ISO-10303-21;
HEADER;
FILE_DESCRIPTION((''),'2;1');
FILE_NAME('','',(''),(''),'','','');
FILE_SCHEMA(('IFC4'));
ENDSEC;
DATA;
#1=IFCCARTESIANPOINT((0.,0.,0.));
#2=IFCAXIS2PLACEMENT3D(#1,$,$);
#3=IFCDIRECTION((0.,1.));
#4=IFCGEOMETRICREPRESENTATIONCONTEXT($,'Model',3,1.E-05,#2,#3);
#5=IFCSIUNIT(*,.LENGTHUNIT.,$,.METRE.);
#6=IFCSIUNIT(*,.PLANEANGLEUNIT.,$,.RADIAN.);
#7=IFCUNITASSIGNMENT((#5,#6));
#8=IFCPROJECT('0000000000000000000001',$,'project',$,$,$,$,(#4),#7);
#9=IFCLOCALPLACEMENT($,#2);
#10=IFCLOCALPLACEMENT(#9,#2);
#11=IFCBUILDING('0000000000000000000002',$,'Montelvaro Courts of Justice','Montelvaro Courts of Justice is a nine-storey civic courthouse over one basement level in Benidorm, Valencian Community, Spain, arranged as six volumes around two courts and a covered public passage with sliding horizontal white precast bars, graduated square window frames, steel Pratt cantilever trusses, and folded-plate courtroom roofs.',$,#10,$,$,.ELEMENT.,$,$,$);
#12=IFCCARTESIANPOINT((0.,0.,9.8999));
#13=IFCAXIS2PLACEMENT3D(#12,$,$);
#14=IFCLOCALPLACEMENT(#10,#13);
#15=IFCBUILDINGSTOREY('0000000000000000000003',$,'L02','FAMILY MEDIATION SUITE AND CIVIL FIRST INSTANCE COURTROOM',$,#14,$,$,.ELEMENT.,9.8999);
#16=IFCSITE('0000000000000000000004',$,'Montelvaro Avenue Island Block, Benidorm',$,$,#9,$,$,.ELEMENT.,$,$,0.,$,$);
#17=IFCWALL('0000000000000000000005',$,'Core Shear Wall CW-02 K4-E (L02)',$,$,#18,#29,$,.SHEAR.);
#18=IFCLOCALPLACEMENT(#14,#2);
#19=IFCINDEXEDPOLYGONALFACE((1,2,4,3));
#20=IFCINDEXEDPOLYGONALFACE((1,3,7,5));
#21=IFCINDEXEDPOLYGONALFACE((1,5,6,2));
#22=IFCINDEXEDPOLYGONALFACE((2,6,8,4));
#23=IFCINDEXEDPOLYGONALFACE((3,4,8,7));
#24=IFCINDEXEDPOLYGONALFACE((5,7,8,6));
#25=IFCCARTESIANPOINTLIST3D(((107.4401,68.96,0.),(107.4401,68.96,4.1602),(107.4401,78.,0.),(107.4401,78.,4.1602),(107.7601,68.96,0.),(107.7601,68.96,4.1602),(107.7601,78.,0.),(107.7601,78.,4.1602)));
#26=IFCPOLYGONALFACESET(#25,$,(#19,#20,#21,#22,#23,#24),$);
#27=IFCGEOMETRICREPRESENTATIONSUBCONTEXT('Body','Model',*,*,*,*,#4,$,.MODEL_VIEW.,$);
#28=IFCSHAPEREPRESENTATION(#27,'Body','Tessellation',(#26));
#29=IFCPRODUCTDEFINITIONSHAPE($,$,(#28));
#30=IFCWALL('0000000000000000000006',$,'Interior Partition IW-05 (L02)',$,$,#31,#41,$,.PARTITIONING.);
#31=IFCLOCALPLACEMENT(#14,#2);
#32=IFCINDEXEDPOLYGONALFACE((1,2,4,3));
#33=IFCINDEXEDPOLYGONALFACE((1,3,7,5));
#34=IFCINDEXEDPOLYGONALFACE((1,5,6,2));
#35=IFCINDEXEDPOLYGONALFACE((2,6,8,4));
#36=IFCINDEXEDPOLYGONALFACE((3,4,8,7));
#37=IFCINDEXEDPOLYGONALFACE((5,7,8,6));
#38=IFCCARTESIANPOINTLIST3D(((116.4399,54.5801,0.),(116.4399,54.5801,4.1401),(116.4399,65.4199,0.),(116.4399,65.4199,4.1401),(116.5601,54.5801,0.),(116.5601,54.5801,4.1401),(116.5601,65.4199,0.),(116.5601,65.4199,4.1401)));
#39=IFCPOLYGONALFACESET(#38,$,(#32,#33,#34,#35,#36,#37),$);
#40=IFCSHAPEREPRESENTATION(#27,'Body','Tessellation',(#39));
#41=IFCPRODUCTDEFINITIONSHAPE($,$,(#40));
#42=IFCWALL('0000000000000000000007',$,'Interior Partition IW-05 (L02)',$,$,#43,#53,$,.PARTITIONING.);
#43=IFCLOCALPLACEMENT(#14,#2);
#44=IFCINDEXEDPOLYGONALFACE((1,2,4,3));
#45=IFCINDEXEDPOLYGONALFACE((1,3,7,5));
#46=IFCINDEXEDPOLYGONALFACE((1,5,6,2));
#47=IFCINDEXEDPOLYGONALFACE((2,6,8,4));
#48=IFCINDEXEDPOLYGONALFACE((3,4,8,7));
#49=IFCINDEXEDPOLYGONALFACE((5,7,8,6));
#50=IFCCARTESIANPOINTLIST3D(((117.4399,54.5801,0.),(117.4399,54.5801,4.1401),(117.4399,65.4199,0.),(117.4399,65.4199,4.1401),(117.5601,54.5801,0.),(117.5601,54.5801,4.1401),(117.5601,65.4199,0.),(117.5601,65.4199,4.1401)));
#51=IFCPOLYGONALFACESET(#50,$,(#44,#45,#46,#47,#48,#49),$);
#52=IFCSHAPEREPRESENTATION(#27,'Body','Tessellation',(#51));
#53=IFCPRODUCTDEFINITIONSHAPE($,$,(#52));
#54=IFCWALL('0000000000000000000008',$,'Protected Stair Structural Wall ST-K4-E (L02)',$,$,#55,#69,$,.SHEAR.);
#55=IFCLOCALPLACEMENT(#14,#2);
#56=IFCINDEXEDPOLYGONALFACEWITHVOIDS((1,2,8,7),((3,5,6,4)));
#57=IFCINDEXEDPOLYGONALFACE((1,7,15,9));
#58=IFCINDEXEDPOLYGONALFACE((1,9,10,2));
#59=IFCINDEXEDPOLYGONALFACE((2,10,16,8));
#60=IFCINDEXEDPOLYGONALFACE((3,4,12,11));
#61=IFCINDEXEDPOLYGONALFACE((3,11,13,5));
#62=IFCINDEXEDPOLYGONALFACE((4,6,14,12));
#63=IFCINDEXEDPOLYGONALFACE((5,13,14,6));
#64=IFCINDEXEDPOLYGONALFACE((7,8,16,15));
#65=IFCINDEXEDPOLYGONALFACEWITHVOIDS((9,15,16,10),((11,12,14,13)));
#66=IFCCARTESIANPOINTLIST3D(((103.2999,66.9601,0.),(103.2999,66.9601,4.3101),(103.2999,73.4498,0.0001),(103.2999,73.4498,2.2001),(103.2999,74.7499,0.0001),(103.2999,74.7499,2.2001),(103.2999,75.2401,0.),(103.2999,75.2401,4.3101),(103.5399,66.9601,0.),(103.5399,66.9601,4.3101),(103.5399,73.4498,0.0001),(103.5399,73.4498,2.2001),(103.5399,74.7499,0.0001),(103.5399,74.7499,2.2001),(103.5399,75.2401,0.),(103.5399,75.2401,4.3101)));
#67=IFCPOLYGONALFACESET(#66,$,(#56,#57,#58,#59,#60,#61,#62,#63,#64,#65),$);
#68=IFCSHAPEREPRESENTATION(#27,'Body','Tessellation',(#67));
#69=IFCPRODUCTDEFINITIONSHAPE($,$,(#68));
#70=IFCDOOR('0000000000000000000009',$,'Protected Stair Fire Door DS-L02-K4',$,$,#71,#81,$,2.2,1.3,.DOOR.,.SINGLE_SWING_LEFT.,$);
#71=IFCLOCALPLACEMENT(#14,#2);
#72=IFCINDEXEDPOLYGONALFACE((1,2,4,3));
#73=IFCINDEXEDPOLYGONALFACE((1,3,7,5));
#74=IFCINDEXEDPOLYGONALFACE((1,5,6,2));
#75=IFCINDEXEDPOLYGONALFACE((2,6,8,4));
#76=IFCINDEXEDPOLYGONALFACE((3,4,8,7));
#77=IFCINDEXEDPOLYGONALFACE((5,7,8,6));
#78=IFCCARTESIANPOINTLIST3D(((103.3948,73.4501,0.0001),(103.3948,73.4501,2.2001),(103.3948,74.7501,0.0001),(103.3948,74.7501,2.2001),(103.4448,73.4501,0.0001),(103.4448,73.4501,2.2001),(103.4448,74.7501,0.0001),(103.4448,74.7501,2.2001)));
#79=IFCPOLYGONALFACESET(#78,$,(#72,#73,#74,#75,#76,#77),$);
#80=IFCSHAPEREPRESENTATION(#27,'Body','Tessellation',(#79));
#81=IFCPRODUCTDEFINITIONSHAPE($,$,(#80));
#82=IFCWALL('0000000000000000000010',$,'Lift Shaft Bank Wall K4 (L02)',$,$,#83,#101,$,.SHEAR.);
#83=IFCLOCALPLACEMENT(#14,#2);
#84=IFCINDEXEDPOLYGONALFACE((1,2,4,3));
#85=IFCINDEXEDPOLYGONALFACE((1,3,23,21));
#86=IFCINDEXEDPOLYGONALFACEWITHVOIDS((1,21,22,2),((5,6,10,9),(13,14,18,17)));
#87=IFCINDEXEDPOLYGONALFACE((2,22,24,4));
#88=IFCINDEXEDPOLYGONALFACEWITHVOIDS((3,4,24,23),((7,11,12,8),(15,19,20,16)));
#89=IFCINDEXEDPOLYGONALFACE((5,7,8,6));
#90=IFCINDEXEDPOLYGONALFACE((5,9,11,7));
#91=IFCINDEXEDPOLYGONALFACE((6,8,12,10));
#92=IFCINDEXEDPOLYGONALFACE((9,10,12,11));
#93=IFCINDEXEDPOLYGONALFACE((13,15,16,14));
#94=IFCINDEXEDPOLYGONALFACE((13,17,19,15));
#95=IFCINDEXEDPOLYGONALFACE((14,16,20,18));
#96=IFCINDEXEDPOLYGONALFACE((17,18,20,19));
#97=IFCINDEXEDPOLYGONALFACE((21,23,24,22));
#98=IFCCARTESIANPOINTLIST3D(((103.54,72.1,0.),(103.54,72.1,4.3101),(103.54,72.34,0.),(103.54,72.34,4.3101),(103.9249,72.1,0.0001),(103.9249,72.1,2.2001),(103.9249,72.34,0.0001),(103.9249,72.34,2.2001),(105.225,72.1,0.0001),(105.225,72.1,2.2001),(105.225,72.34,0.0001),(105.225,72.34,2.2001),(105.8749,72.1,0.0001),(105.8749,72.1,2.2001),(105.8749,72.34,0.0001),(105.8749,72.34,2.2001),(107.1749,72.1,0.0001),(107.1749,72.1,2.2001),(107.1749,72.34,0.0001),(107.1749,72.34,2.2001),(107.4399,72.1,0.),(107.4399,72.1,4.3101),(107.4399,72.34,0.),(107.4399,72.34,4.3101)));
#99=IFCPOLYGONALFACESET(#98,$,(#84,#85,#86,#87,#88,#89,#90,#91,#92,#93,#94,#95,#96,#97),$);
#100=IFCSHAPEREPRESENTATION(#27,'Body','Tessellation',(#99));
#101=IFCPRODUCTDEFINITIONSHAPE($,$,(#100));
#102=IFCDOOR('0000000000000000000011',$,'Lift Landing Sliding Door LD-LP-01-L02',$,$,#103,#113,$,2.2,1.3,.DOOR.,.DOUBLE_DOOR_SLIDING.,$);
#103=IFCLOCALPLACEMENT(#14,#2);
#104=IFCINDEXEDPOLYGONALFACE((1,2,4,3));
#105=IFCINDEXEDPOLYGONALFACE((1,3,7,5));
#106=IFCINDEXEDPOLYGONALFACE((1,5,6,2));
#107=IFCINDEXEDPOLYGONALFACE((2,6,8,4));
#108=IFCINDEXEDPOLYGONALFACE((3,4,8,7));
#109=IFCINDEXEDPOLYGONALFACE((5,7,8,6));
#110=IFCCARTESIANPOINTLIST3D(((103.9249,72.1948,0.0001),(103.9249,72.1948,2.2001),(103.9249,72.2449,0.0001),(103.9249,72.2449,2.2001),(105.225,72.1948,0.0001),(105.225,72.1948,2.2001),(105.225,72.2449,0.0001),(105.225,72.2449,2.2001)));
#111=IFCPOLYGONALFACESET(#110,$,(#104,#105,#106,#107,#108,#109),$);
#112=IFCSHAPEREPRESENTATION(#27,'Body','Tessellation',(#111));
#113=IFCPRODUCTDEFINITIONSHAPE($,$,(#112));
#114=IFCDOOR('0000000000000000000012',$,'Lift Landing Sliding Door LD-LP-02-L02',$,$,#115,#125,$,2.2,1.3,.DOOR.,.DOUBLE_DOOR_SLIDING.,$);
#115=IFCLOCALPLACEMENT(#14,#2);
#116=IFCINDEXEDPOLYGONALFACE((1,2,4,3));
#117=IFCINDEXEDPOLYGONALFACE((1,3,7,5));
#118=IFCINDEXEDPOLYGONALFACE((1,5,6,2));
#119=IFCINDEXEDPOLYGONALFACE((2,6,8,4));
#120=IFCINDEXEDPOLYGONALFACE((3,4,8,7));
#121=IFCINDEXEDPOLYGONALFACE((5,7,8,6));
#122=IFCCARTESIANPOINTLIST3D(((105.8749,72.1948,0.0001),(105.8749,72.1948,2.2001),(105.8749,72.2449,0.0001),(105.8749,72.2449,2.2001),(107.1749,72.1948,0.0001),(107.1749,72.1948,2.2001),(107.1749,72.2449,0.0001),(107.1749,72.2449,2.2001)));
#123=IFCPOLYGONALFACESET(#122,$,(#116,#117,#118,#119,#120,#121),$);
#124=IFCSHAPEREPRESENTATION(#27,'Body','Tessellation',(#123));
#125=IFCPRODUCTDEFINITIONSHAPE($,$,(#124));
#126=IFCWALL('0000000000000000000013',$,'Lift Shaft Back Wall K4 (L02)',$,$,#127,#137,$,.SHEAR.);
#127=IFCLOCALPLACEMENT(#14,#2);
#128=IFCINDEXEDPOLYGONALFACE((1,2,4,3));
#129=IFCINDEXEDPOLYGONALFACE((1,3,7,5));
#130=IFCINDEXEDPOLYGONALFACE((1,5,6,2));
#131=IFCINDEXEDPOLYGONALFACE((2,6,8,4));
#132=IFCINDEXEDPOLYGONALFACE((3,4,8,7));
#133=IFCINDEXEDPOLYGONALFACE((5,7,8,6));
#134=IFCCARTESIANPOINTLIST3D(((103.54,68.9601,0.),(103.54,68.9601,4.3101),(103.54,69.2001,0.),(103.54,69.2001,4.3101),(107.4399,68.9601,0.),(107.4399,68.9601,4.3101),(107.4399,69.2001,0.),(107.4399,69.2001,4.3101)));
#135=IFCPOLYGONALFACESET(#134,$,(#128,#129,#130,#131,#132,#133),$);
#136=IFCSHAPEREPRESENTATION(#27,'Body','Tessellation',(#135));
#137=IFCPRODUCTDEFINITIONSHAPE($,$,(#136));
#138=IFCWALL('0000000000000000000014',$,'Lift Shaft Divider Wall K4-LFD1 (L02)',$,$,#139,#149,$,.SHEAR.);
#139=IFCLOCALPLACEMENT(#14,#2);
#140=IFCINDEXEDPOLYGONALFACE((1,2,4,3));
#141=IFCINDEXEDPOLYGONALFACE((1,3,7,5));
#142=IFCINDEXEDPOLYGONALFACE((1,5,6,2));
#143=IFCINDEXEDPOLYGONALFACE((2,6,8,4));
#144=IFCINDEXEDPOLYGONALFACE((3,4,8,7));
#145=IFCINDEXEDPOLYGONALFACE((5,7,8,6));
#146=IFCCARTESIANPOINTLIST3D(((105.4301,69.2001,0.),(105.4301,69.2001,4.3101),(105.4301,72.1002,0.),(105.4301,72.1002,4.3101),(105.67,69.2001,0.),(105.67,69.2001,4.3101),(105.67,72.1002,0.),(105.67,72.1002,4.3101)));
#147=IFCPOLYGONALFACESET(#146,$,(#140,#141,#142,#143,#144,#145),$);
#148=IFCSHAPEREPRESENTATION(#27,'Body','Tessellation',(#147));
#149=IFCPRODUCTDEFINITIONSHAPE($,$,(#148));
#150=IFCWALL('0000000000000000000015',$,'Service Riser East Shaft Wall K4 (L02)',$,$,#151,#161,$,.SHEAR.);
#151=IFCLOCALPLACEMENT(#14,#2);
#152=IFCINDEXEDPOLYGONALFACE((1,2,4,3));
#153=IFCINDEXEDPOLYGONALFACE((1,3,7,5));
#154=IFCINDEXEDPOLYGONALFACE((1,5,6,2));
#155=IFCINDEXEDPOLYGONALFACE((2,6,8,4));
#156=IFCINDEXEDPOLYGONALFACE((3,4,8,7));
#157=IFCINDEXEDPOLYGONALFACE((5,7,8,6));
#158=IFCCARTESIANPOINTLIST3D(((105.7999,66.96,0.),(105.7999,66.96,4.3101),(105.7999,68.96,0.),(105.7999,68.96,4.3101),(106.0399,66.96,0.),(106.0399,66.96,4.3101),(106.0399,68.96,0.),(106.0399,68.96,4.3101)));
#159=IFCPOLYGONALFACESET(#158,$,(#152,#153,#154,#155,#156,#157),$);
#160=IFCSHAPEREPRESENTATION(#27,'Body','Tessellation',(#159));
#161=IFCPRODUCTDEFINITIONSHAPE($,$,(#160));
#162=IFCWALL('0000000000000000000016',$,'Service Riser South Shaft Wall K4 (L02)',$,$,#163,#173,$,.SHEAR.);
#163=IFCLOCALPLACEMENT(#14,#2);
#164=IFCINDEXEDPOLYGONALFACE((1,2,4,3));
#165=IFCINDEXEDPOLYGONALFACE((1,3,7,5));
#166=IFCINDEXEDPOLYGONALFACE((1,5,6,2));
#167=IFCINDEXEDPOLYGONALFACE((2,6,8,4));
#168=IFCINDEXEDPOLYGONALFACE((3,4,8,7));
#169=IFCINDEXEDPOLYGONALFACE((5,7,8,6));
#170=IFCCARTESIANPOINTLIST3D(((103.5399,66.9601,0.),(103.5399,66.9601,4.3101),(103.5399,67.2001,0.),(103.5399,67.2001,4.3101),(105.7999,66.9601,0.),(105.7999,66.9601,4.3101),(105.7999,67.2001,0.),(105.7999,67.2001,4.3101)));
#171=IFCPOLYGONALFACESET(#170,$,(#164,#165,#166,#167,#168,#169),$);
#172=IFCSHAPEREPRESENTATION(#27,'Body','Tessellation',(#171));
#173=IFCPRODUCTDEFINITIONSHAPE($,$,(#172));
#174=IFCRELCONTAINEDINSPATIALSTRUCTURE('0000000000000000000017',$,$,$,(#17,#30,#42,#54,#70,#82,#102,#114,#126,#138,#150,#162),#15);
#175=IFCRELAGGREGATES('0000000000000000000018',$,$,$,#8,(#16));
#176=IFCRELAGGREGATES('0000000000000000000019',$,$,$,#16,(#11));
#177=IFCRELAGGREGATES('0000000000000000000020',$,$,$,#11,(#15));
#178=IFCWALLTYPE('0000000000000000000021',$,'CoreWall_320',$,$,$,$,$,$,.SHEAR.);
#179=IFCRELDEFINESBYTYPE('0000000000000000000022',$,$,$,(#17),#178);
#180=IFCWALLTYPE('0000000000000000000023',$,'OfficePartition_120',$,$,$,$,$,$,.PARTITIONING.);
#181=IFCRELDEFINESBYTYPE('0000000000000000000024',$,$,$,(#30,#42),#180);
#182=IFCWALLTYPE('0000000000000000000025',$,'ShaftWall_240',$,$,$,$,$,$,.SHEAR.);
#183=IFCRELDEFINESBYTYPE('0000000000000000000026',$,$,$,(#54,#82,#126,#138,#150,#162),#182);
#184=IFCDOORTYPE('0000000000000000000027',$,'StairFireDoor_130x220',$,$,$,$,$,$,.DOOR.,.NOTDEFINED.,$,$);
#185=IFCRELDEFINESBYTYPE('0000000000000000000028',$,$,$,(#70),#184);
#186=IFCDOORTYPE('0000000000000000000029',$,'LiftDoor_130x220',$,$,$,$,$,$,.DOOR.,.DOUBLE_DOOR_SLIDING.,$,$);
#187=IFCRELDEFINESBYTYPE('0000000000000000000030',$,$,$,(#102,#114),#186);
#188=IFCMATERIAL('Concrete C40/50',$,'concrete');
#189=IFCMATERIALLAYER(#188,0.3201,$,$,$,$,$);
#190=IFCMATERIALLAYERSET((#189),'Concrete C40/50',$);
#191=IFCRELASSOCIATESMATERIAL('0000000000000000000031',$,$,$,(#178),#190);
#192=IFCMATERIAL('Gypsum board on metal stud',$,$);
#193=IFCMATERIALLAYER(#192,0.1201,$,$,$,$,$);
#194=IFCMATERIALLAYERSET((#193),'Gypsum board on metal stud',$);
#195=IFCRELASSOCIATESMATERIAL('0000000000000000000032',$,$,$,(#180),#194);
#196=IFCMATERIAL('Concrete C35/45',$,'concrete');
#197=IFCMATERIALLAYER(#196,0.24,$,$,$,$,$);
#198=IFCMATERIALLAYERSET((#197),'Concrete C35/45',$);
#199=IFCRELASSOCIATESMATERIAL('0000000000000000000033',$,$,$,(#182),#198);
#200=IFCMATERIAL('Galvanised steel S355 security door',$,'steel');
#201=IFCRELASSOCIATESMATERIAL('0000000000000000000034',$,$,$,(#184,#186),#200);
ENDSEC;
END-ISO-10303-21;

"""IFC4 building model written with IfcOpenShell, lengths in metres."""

from ifc_helpers import new_model, si_unit, direction, frame, frame_2d, origin, place, context, subcontext, project, spatial, rectangle, extrude, material, layer, layer_set, type_object, element, fill, save


model = new_model("IFC4")

# Units and contexts
model_context = context("Model", 3, precision=1e-05, world=origin(), true_north=direction((0.0, 1.0)))
body_context = subcontext(model_context, "Body", "Model", "MODEL_VIEW")
ifc_project = project(units=[si_unit("LENGTHUNIT", "METRE"), si_unit("PLANEANGLEUNIT", "RADIAN")], contexts=[model_context])

# Site, building, storey
site_placement = place(None, origin())
site = spatial("IfcSite", under=ifc_project, at=site_placement, Name="Montelvaro Avenue Island Block, Benidorm", CompositionType="ELEMENT", RefElevation=0.0)
building_placement = place(site_placement, origin())
building = spatial("IfcBuilding", under=site, at=building_placement, Name="Montelvaro Courts of Justice", Description="Montelvaro Courts of Justice is a nine-storey civic courthouse over one basement level in Benidorm, Valencian Community, Spain, arranged as six volumes around two courts and a covered public passage with sliding horizontal white precast bars, graduated square window frames, steel Pratt cantilever trusses, and folded-plate courtroom roofs.", CompositionType="ELEMENT")
storey_placement = place(building_placement, frame((0.0, 0.0, 9.8999)))
storey = spatial("IfcBuildingStorey", under=building, at=storey_placement, Name="L02", Description="FAMILY MEDIATION SUITE AND CIVIL FIRST INSTANCE COURTROOM", CompositionType="ELEMENT", Elevation=9.8999)

# Walls
ifc_material_1 = material(Name="Gypsum board on metal stud")
ifc_material_2 = material(Name="Concrete C40/50", Category="concrete")
ifc_layer_1 = layer(ifc_material_2, 0.3201)
ifc_layer_set_1 = layer_set([ifc_layer_1], Name="Concrete C40/50")
wall_type_1 = type_object("IfcWallType", Name="CoreWall_320", PredefinedType="SHEAR", material=ifc_layer_set_1)
wall_1_placement = place(storey_placement, frame((107.6001, 68.96, 0.0), z_axis=(0.0, 0.0, 1.0), x_axis=(0.0, 1.0, 0.0)))
element("IfcWall", 1, at=wall_1_placement, inside=storey, type_object=wall_type_1, Name="Core Shear Wall CW-02 K4-E (L02)", PredefinedType="SHEAR", context=body_context, shape_type="SweptSolid", body=[
    extrude(rectangle(XDim=9.04, YDim=0.3201, at=frame_2d((4.52, 0.0))), origin(), (0.0, 0.0, 1.0), 4.1602),
])
ifc_layer_2 = layer(ifc_material_1, 0.1201)
ifc_layer_set_2 = layer_set([ifc_layer_2], Name="Gypsum board on metal stud")
wall_type_2 = type_object("IfcWallType", Name="OfficePartition_120", PredefinedType="PARTITIONING", material=ifc_layer_set_2)
for number, where, z_axis, x_axis, name in (
    (2, (116.5, 65.4199, 0.0), (0.0, 0.0, 1.0), (0.0, -1.0, 0.0), "Interior Partition IW-05 (L02)"),
    (3, (117.5, 54.5801, 0.0), (0.0, 0.0, 1.0), (0.0, 1.0, 0.0), "Interior Partition IW-05 (L02)"),
):
    element("IfcWall", number, at=place(storey_placement, frame(where, z_axis=z_axis, x_axis=x_axis)), inside=storey, type_object=wall_type_2, Name=name, PredefinedType="PARTITIONING", context=body_context, shape_type="SweptSolid", body=[
        extrude(rectangle(XDim=10.8398, YDim=0.1201, at=frame_2d((5.4199, 0.0))), origin(), (0.0, 0.0, 1.0), 4.1401),
    ])

# Wall, opening, door
ifc_material_3 = material(Name="Concrete C35/45", Category="concrete")
ifc_layer_3 = layer(ifc_material_3, 0.24)
ifc_layer_set_3 = layer_set([ifc_layer_3], Name="Concrete C35/45")
wall_type_3 = type_object("IfcWallType", Name="ShaftWall_240", PredefinedType="SHEAR", material=ifc_layer_set_3)
wall_2_placement = place(storey_placement, frame((103.4199, 66.96, 0.0), z_axis=(0.0, 0.0, 1.0), x_axis=(0.0, 1.0, 0.0)))
wall_2 = element("IfcWall", 4, at=wall_2_placement, inside=storey, type_object=wall_type_3, Name="Protected Stair Structural Wall ST-K4-E (L02)", PredefinedType="SHEAR", context=body_context, shape_type="SweptSolid", body=[
    extrude(rectangle(XDim=8.28, YDim=0.24, at=frame_2d((4.1401, 0.0))), origin(), (0.0, 0.0, 1.0), 4.3101),
])
opening_1_placement = place(wall_2_placement, frame((6.49, 0.0, 0.0)))
opening_1 = element("IfcOpeningElement", 5, at=opening_1_placement, cuts=wall_2, PredefinedType="OPENING", context=body_context, shape_type="SweptSolid", body=[
    extrude(rectangle(XDim=1.3, YDim=2.2, at=frame_2d((0.6499, 1.1001))), frame((0.0, 0.1348, 0.0), z_axis=(0.0, -1.0, 0.0), x_axis=(1.0, 0.0, 0.0)), (0.0, 0.0, 1.0), 0.2698),
])
ifc_material_4 = material(Name="Galvanised steel S355 security door", Category="steel")
door_type_1 = type_object("IfcDoorType", Name="StairFireDoor_130x220", OperationType="NOTDEFINED", PredefinedType="DOOR", material=ifc_material_4)
door_1_placement = place(opening_1_placement, frame((1.3, 0.0, 0.0), z_axis=(0.0, 0.0, 1.0), x_axis=(-1.0, 0.0, 0.0)))
door_1 = element("IfcDoor", 6, at=door_1_placement, inside=storey, type_object=door_type_1, Name="Protected Stair Fire Door DS-L02-K4", OperationType="SINGLE_SWING_LEFT", OverallHeight=2.2, OverallWidth=1.3, PredefinedType="DOOR", context=body_context, shape_type="SweptSolid", body=[
    extrude(rectangle(XDim=1.3, YDim=2.2, at=frame_2d((0.6499, 1.1001))), frame((0.0, 0.0249, 0.0), z_axis=(0.0, -1.0, 0.0), x_axis=(1.0, 0.0, 0.0)), (0.0, 0.0, 1.0), 0.05),
])
fill(opening_1, door_1)

# Wall, openings, doors
wall_3_placement = place(storey_placement, frame((103.54, 72.22, 0.0), z_axis=(0.0, 0.0, 1.0), x_axis=(1.0, 0.0, 0.0)))
wall_3 = element("IfcWall", 7, at=wall_3_placement, inside=storey, type_object=wall_type_3, Name="Lift Shaft Bank Wall K4 (L02)", PredefinedType="SHEAR", context=body_context, shape_type="SweptSolid", body=[
    extrude(rectangle(XDim=3.8999, YDim=0.24, at=frame_2d((1.95, 0.0))), origin(), (0.0, 0.0, 1.0), 4.3101),
])
opening_2_placement = place(wall_3_placement, frame((0.385, 0.0, 0.0)))
opening_2 = element("IfcOpeningElement", 8, at=opening_2_placement, cuts=wall_3, PredefinedType="OPENING", context=body_context, shape_type="SweptSolid", body=[
    extrude(rectangle(XDim=1.3, YDim=2.2, at=frame_2d((0.6499, 1.1001))), frame((0.0, 0.1348, 0.0), z_axis=(0.0, -1.0, 0.0), x_axis=(1.0, 0.0, 0.0)), (0.0, 0.0, 1.0), 0.2698),
])
opening_3_placement = place(wall_3_placement, frame((2.335, 0.0, 0.0)))
opening_3 = element("IfcOpeningElement", 9, at=opening_3_placement, cuts=wall_3, PredefinedType="OPENING", context=body_context, shape_type="SweptSolid", body=[
    extrude(rectangle(XDim=1.3, YDim=2.2, at=frame_2d((0.6499, 1.1001))), frame((0.0, 0.1348, 0.0), z_axis=(0.0, -1.0, 0.0), x_axis=(1.0, 0.0, 0.0)), (0.0, 0.0, 1.0), 0.2698),
])
door_type_2 = type_object("IfcDoorType", Name="LiftDoor_130x220", OperationType="DOUBLE_DOOR_SLIDING", PredefinedType="DOOR", material=ifc_material_4)
door_2_placement = place(opening_2_placement, origin())
door_2 = element("IfcDoor", 10, at=door_2_placement, inside=storey, type_object=door_type_2, Name="Lift Landing Sliding Door LD-LP-01-L02", OperationType="DOUBLE_DOOR_SLIDING", OverallHeight=2.2, OverallWidth=1.3, PredefinedType="DOOR", context=body_context, shape_type="SweptSolid", body=[
    extrude(rectangle(XDim=1.3, YDim=2.2, at=frame_2d((0.6499, 1.1001))), frame((0.0, 0.0249, 0.0), z_axis=(0.0, -1.0, 0.0), x_axis=(1.0, 0.0, 0.0)), (0.0, 0.0, 1.0), 0.05),
])
fill(opening_2, door_2)
door_3_placement = place(opening_3_placement, origin())
door_3 = element("IfcDoor", 11, at=door_3_placement, inside=storey, type_object=door_type_2, Name="Lift Landing Sliding Door LD-LP-02-L02", OperationType="DOUBLE_DOOR_SLIDING", OverallHeight=2.2, OverallWidth=1.3, PredefinedType="DOOR", context=body_context, shape_type="SweptSolid", body=[
    extrude(rectangle(XDim=1.3, YDim=2.2, at=frame_2d((0.6499, 1.1001))), frame((0.0, 0.0249, 0.0), z_axis=(0.0, -1.0, 0.0), x_axis=(1.0, 0.0, 0.0)), (0.0, 0.0, 1.0), 0.05),
])
fill(opening_3, door_3)

# Walls
wall_4_placement = place(storey_placement, frame((103.54, 69.0801, 0.0), z_axis=(0.0, 0.0, 1.0), x_axis=(1.0, 0.0, 0.0)))
element("IfcWall", 12, at=wall_4_placement, inside=storey, type_object=wall_type_3, Name="Lift Shaft Back Wall K4 (L02)", PredefinedType="SHEAR", context=body_context, shape_type="SweptSolid", body=[
    extrude(rectangle(XDim=3.8999, YDim=0.24, at=frame_2d((1.95, 0.0))), origin(), (0.0, 0.0, 1.0), 4.3101),
])
wall_5_placement = place(storey_placement, frame((105.55, 69.2, 0.0), z_axis=(0.0, 0.0, 1.0), x_axis=(0.0, 1.0, 0.0)))
element("IfcWall", 13, at=wall_5_placement, inside=storey, type_object=wall_type_3, Name="Lift Shaft Divider Wall K4-LFD1 (L02)", PredefinedType="SHEAR", context=body_context, shape_type="SweptSolid", body=[
    extrude(rectangle(XDim=2.9001, YDim=0.24, at=frame_2d((1.4502, 0.0))), origin(), (0.0, 0.0, 1.0), 4.3101),
])
wall_6_placement = place(storey_placement, frame((105.9199, 66.96, 0.0), z_axis=(0.0, 0.0, 1.0), x_axis=(0.0, 1.0, 0.0)))
element("IfcWall", 14, at=wall_6_placement, inside=storey, type_object=wall_type_3, Name="Service Riser East Shaft Wall K4 (L02)", PredefinedType="SHEAR", context=body_context, shape_type="SweptSolid", body=[
    extrude(rectangle(XDim=2.0, YDim=0.24, at=frame_2d((1.0, 0.0))), origin(), (0.0, 0.0, 1.0), 4.3101),
])
wall_7_placement = place(storey_placement, frame((103.54, 67.0801, 0.0), z_axis=(0.0, 0.0, 1.0), x_axis=(1.0, 0.0, 0.0)))
element("IfcWall", 15, at=wall_7_placement, inside=storey, type_object=wall_type_3, Name="Service Riser South Shaft Wall K4 (L02)", PredefinedType="SHEAR", context=body_context, shape_type="SweptSolid", body=[
    extrude(rectangle(XDim=2.26, YDim=0.24, at=frame_2d((1.1299, 0.0))), origin(), (0.0, 0.0, 1.0), 4.3101),
])

save(model, "model.ifc")
